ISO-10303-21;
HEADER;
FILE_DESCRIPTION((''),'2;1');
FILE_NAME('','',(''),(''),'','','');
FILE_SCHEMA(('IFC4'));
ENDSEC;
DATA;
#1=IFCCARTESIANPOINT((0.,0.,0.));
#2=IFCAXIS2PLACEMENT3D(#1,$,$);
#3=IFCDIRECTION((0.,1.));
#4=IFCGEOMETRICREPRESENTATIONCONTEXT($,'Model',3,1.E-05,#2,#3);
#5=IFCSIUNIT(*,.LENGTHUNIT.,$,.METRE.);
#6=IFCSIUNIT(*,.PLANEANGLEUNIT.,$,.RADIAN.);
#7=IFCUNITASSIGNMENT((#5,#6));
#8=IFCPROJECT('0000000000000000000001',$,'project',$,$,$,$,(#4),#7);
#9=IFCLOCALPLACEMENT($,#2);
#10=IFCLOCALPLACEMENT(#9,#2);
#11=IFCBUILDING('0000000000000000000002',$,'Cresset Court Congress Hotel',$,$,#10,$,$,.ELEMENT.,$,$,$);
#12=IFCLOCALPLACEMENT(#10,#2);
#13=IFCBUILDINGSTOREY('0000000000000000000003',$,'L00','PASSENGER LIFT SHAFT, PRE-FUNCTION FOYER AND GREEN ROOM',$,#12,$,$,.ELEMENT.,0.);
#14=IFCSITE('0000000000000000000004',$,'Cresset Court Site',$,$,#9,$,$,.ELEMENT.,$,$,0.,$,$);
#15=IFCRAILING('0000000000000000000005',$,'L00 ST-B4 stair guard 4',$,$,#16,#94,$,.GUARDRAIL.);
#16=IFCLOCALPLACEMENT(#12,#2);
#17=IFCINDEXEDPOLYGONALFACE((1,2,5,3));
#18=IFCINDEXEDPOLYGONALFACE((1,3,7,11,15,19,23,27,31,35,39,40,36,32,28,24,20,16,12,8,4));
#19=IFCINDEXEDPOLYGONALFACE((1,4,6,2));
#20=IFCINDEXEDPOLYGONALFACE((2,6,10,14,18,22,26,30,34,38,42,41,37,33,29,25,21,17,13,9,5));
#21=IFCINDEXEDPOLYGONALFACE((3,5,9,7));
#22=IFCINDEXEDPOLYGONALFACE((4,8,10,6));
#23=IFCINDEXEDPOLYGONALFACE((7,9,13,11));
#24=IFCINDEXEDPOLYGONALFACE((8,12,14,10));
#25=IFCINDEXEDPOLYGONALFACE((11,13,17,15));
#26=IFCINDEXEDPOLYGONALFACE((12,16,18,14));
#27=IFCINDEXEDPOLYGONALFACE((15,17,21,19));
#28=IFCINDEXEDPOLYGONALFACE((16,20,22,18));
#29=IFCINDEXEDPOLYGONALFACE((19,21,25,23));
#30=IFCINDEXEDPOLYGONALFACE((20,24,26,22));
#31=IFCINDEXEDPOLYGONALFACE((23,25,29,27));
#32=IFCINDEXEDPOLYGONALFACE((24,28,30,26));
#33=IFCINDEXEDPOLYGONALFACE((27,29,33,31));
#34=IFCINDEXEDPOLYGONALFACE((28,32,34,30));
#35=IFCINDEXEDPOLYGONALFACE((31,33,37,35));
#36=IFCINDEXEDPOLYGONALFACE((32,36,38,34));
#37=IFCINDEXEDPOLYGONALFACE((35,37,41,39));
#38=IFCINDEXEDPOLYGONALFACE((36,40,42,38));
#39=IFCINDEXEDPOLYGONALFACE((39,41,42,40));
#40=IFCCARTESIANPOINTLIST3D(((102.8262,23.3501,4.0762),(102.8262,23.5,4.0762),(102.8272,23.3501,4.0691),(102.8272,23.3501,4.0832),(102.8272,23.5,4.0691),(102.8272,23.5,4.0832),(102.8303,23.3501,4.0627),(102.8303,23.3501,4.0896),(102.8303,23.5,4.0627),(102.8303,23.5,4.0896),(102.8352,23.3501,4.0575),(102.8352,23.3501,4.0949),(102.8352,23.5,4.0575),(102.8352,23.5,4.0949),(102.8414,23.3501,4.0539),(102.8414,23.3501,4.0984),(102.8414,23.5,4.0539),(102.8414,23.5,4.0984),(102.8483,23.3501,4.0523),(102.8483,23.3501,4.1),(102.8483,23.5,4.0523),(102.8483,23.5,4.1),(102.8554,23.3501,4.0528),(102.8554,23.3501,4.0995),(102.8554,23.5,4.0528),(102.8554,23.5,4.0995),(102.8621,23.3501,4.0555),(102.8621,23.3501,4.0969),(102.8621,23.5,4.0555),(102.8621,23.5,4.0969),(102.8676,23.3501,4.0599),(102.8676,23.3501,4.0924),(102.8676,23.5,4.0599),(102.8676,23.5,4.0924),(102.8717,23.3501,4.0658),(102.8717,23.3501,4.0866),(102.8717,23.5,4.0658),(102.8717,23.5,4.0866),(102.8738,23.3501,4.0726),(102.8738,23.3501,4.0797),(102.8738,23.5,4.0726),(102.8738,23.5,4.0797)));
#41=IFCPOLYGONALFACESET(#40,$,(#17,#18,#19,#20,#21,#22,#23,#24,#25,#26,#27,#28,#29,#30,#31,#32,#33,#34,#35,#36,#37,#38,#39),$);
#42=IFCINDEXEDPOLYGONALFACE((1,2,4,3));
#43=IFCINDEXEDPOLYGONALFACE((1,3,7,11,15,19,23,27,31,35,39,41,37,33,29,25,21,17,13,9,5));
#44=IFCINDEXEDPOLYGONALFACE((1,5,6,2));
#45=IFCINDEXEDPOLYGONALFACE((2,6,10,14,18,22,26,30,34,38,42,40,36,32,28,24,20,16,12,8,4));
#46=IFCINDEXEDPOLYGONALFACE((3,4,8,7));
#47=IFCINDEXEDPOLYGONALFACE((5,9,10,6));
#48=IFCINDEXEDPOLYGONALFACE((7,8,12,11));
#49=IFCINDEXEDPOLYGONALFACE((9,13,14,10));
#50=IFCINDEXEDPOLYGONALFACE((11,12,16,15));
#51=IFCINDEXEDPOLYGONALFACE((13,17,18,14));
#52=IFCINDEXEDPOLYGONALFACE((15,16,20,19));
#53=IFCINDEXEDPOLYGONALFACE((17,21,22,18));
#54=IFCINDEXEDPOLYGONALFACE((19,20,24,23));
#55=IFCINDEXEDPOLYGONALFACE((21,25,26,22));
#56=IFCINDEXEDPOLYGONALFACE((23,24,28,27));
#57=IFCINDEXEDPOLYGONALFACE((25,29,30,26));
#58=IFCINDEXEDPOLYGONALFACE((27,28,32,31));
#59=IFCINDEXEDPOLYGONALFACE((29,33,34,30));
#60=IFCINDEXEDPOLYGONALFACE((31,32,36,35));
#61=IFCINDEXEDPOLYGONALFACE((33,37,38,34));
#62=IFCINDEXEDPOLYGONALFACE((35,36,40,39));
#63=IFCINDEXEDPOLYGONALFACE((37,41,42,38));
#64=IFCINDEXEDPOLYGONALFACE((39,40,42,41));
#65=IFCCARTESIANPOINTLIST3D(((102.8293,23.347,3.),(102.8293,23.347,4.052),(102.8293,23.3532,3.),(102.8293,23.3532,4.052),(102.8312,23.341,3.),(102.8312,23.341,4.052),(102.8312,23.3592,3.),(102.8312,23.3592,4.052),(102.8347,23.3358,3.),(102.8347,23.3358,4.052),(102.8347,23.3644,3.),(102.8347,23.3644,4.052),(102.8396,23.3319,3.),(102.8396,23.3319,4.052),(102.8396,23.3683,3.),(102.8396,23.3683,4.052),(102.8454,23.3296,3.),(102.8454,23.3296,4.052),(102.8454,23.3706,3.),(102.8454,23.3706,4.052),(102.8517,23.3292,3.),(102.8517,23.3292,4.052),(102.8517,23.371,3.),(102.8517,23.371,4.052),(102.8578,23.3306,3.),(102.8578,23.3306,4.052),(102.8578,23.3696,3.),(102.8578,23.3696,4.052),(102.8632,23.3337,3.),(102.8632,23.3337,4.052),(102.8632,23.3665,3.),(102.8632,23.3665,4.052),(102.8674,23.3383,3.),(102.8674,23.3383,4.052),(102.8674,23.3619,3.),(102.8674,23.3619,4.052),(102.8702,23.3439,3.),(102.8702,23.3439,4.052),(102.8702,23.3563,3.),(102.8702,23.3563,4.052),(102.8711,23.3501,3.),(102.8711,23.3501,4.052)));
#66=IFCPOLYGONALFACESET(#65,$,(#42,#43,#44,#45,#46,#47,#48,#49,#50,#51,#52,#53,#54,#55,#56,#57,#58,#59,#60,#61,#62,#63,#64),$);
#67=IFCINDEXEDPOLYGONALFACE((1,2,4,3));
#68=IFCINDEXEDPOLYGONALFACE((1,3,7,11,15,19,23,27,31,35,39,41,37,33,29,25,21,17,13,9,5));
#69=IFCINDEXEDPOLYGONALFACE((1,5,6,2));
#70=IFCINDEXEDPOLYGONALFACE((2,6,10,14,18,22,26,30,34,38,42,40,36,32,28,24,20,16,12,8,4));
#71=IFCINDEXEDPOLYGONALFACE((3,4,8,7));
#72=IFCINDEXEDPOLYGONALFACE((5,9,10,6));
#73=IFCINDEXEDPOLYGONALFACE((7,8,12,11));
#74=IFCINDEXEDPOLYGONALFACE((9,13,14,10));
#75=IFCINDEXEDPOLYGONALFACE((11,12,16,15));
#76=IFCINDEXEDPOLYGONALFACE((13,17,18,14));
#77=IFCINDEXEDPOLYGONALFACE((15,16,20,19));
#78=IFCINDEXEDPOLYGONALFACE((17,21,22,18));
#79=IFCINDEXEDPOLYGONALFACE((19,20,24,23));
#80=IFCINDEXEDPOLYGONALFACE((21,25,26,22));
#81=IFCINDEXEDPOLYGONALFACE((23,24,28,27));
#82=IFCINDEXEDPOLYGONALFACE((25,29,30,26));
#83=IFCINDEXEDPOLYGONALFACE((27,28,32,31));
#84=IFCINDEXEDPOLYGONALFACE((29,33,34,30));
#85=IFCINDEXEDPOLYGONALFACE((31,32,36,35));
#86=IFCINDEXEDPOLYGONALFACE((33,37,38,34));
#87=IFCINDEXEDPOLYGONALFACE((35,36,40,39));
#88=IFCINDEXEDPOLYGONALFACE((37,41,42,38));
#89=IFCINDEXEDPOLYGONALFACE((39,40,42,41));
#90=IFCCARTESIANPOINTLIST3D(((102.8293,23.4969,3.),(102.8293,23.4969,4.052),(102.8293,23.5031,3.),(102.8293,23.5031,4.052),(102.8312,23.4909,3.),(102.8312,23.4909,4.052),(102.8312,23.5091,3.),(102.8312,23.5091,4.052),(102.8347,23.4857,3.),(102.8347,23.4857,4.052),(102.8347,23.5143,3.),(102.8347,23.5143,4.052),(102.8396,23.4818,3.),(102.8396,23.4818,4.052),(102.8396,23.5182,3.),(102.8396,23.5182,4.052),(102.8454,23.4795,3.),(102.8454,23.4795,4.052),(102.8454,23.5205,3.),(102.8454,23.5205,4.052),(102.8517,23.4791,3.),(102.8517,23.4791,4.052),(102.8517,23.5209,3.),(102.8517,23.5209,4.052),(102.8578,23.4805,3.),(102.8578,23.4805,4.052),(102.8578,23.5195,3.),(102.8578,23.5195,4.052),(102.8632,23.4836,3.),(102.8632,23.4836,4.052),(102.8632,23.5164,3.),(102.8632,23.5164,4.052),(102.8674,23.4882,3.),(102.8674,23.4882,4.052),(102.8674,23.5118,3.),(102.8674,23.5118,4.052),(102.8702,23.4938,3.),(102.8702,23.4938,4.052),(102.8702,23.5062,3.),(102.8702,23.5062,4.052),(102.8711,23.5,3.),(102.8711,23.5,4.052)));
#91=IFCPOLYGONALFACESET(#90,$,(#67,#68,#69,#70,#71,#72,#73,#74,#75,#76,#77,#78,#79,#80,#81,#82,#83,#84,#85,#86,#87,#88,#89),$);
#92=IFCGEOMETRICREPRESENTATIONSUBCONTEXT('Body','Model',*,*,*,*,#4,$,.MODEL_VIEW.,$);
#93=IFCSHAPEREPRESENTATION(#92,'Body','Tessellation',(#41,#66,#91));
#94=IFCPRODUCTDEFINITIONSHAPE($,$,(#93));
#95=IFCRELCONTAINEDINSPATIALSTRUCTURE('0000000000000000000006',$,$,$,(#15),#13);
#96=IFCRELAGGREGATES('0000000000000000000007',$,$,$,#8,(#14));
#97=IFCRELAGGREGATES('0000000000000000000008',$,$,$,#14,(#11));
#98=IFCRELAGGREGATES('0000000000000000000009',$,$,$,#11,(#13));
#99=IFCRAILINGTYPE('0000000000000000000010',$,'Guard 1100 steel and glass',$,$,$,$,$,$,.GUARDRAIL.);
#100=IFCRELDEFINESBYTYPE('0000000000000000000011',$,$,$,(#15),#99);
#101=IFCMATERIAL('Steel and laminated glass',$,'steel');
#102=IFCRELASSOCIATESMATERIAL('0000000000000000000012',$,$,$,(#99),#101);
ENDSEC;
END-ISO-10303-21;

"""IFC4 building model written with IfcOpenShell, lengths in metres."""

from ifc_helpers import new_model, si_unit, direction, frame, origin, origin_2d, place, context, subcontext, project, spatial, circle, extrude, material, type_object, element, save


model = new_model("IFC4")

# Units and contexts
model_context = context("Model", 3, precision=1e-05, world=origin(), true_north=direction((0.0, 1.0)))
body_context = subcontext(model_context, "Body", "Model", "MODEL_VIEW")
ifc_project = project(units=[si_unit("LENGTHUNIT", "METRE"), si_unit("PLANEANGLEUNIT", "RADIAN")], contexts=[model_context])

# Site, building, storey
site_placement = place(None, origin())
site = spatial("IfcSite", under=ifc_project, at=site_placement, Name="Cresset Court Site", CompositionType="ELEMENT", RefElevation=0.0)
building_placement = place(site_placement, origin())
building = spatial("IfcBuilding", under=site, at=building_placement, Name="Cresset Court Congress Hotel", CompositionType="ELEMENT")
storey_placement = place(building_placement, origin())
storey = spatial("IfcBuildingStorey", under=building, at=storey_placement, Name="L00", Description="PASSENGER LIFT SHAFT, PRE-FUNCTION FOYER AND GREEN ROOM", CompositionType="ELEMENT", Elevation=0.0)

# Railing
ifc_material_1 = material(Name="Steel and laminated glass", Category="steel")
railing_type_1 = type_object("IfcRailingType", Name="Guard 1100 steel and glass", PredefinedType="GUARDRAIL", material=ifc_material_1)
railing_1_placement = place(storey_placement, frame((102.8501, 23.3501, 3.0)))
element("IfcRailing", 1, at=railing_1_placement, inside=storey, type_object=railing_type_1, Name="L00 ST-B4 stair guard 4", PredefinedType="GUARDRAIL", context=body_context, shape_type="SweptSolid", body=[
    extrude(circle(Radius=0.0239, at=origin_2d()), frame((0.0, 0.0, 1.0762), z_axis=(0.0, 1.0, 0.0), x_axis=(-1.0, 0.0, 0.0)), (0.0, 0.0, 1.0), 0.1499),
    extrude(circle(Radius=0.021, at=origin_2d()), origin(), (0.0, 0.0, 1.0), 1.052),
    extrude(circle(Radius=0.021, at=origin_2d()), frame((0.0, 0.1499, 0.0)), (0.0, 0.0, 1.0), 1.052),
])

save(model, "model.ifc")
